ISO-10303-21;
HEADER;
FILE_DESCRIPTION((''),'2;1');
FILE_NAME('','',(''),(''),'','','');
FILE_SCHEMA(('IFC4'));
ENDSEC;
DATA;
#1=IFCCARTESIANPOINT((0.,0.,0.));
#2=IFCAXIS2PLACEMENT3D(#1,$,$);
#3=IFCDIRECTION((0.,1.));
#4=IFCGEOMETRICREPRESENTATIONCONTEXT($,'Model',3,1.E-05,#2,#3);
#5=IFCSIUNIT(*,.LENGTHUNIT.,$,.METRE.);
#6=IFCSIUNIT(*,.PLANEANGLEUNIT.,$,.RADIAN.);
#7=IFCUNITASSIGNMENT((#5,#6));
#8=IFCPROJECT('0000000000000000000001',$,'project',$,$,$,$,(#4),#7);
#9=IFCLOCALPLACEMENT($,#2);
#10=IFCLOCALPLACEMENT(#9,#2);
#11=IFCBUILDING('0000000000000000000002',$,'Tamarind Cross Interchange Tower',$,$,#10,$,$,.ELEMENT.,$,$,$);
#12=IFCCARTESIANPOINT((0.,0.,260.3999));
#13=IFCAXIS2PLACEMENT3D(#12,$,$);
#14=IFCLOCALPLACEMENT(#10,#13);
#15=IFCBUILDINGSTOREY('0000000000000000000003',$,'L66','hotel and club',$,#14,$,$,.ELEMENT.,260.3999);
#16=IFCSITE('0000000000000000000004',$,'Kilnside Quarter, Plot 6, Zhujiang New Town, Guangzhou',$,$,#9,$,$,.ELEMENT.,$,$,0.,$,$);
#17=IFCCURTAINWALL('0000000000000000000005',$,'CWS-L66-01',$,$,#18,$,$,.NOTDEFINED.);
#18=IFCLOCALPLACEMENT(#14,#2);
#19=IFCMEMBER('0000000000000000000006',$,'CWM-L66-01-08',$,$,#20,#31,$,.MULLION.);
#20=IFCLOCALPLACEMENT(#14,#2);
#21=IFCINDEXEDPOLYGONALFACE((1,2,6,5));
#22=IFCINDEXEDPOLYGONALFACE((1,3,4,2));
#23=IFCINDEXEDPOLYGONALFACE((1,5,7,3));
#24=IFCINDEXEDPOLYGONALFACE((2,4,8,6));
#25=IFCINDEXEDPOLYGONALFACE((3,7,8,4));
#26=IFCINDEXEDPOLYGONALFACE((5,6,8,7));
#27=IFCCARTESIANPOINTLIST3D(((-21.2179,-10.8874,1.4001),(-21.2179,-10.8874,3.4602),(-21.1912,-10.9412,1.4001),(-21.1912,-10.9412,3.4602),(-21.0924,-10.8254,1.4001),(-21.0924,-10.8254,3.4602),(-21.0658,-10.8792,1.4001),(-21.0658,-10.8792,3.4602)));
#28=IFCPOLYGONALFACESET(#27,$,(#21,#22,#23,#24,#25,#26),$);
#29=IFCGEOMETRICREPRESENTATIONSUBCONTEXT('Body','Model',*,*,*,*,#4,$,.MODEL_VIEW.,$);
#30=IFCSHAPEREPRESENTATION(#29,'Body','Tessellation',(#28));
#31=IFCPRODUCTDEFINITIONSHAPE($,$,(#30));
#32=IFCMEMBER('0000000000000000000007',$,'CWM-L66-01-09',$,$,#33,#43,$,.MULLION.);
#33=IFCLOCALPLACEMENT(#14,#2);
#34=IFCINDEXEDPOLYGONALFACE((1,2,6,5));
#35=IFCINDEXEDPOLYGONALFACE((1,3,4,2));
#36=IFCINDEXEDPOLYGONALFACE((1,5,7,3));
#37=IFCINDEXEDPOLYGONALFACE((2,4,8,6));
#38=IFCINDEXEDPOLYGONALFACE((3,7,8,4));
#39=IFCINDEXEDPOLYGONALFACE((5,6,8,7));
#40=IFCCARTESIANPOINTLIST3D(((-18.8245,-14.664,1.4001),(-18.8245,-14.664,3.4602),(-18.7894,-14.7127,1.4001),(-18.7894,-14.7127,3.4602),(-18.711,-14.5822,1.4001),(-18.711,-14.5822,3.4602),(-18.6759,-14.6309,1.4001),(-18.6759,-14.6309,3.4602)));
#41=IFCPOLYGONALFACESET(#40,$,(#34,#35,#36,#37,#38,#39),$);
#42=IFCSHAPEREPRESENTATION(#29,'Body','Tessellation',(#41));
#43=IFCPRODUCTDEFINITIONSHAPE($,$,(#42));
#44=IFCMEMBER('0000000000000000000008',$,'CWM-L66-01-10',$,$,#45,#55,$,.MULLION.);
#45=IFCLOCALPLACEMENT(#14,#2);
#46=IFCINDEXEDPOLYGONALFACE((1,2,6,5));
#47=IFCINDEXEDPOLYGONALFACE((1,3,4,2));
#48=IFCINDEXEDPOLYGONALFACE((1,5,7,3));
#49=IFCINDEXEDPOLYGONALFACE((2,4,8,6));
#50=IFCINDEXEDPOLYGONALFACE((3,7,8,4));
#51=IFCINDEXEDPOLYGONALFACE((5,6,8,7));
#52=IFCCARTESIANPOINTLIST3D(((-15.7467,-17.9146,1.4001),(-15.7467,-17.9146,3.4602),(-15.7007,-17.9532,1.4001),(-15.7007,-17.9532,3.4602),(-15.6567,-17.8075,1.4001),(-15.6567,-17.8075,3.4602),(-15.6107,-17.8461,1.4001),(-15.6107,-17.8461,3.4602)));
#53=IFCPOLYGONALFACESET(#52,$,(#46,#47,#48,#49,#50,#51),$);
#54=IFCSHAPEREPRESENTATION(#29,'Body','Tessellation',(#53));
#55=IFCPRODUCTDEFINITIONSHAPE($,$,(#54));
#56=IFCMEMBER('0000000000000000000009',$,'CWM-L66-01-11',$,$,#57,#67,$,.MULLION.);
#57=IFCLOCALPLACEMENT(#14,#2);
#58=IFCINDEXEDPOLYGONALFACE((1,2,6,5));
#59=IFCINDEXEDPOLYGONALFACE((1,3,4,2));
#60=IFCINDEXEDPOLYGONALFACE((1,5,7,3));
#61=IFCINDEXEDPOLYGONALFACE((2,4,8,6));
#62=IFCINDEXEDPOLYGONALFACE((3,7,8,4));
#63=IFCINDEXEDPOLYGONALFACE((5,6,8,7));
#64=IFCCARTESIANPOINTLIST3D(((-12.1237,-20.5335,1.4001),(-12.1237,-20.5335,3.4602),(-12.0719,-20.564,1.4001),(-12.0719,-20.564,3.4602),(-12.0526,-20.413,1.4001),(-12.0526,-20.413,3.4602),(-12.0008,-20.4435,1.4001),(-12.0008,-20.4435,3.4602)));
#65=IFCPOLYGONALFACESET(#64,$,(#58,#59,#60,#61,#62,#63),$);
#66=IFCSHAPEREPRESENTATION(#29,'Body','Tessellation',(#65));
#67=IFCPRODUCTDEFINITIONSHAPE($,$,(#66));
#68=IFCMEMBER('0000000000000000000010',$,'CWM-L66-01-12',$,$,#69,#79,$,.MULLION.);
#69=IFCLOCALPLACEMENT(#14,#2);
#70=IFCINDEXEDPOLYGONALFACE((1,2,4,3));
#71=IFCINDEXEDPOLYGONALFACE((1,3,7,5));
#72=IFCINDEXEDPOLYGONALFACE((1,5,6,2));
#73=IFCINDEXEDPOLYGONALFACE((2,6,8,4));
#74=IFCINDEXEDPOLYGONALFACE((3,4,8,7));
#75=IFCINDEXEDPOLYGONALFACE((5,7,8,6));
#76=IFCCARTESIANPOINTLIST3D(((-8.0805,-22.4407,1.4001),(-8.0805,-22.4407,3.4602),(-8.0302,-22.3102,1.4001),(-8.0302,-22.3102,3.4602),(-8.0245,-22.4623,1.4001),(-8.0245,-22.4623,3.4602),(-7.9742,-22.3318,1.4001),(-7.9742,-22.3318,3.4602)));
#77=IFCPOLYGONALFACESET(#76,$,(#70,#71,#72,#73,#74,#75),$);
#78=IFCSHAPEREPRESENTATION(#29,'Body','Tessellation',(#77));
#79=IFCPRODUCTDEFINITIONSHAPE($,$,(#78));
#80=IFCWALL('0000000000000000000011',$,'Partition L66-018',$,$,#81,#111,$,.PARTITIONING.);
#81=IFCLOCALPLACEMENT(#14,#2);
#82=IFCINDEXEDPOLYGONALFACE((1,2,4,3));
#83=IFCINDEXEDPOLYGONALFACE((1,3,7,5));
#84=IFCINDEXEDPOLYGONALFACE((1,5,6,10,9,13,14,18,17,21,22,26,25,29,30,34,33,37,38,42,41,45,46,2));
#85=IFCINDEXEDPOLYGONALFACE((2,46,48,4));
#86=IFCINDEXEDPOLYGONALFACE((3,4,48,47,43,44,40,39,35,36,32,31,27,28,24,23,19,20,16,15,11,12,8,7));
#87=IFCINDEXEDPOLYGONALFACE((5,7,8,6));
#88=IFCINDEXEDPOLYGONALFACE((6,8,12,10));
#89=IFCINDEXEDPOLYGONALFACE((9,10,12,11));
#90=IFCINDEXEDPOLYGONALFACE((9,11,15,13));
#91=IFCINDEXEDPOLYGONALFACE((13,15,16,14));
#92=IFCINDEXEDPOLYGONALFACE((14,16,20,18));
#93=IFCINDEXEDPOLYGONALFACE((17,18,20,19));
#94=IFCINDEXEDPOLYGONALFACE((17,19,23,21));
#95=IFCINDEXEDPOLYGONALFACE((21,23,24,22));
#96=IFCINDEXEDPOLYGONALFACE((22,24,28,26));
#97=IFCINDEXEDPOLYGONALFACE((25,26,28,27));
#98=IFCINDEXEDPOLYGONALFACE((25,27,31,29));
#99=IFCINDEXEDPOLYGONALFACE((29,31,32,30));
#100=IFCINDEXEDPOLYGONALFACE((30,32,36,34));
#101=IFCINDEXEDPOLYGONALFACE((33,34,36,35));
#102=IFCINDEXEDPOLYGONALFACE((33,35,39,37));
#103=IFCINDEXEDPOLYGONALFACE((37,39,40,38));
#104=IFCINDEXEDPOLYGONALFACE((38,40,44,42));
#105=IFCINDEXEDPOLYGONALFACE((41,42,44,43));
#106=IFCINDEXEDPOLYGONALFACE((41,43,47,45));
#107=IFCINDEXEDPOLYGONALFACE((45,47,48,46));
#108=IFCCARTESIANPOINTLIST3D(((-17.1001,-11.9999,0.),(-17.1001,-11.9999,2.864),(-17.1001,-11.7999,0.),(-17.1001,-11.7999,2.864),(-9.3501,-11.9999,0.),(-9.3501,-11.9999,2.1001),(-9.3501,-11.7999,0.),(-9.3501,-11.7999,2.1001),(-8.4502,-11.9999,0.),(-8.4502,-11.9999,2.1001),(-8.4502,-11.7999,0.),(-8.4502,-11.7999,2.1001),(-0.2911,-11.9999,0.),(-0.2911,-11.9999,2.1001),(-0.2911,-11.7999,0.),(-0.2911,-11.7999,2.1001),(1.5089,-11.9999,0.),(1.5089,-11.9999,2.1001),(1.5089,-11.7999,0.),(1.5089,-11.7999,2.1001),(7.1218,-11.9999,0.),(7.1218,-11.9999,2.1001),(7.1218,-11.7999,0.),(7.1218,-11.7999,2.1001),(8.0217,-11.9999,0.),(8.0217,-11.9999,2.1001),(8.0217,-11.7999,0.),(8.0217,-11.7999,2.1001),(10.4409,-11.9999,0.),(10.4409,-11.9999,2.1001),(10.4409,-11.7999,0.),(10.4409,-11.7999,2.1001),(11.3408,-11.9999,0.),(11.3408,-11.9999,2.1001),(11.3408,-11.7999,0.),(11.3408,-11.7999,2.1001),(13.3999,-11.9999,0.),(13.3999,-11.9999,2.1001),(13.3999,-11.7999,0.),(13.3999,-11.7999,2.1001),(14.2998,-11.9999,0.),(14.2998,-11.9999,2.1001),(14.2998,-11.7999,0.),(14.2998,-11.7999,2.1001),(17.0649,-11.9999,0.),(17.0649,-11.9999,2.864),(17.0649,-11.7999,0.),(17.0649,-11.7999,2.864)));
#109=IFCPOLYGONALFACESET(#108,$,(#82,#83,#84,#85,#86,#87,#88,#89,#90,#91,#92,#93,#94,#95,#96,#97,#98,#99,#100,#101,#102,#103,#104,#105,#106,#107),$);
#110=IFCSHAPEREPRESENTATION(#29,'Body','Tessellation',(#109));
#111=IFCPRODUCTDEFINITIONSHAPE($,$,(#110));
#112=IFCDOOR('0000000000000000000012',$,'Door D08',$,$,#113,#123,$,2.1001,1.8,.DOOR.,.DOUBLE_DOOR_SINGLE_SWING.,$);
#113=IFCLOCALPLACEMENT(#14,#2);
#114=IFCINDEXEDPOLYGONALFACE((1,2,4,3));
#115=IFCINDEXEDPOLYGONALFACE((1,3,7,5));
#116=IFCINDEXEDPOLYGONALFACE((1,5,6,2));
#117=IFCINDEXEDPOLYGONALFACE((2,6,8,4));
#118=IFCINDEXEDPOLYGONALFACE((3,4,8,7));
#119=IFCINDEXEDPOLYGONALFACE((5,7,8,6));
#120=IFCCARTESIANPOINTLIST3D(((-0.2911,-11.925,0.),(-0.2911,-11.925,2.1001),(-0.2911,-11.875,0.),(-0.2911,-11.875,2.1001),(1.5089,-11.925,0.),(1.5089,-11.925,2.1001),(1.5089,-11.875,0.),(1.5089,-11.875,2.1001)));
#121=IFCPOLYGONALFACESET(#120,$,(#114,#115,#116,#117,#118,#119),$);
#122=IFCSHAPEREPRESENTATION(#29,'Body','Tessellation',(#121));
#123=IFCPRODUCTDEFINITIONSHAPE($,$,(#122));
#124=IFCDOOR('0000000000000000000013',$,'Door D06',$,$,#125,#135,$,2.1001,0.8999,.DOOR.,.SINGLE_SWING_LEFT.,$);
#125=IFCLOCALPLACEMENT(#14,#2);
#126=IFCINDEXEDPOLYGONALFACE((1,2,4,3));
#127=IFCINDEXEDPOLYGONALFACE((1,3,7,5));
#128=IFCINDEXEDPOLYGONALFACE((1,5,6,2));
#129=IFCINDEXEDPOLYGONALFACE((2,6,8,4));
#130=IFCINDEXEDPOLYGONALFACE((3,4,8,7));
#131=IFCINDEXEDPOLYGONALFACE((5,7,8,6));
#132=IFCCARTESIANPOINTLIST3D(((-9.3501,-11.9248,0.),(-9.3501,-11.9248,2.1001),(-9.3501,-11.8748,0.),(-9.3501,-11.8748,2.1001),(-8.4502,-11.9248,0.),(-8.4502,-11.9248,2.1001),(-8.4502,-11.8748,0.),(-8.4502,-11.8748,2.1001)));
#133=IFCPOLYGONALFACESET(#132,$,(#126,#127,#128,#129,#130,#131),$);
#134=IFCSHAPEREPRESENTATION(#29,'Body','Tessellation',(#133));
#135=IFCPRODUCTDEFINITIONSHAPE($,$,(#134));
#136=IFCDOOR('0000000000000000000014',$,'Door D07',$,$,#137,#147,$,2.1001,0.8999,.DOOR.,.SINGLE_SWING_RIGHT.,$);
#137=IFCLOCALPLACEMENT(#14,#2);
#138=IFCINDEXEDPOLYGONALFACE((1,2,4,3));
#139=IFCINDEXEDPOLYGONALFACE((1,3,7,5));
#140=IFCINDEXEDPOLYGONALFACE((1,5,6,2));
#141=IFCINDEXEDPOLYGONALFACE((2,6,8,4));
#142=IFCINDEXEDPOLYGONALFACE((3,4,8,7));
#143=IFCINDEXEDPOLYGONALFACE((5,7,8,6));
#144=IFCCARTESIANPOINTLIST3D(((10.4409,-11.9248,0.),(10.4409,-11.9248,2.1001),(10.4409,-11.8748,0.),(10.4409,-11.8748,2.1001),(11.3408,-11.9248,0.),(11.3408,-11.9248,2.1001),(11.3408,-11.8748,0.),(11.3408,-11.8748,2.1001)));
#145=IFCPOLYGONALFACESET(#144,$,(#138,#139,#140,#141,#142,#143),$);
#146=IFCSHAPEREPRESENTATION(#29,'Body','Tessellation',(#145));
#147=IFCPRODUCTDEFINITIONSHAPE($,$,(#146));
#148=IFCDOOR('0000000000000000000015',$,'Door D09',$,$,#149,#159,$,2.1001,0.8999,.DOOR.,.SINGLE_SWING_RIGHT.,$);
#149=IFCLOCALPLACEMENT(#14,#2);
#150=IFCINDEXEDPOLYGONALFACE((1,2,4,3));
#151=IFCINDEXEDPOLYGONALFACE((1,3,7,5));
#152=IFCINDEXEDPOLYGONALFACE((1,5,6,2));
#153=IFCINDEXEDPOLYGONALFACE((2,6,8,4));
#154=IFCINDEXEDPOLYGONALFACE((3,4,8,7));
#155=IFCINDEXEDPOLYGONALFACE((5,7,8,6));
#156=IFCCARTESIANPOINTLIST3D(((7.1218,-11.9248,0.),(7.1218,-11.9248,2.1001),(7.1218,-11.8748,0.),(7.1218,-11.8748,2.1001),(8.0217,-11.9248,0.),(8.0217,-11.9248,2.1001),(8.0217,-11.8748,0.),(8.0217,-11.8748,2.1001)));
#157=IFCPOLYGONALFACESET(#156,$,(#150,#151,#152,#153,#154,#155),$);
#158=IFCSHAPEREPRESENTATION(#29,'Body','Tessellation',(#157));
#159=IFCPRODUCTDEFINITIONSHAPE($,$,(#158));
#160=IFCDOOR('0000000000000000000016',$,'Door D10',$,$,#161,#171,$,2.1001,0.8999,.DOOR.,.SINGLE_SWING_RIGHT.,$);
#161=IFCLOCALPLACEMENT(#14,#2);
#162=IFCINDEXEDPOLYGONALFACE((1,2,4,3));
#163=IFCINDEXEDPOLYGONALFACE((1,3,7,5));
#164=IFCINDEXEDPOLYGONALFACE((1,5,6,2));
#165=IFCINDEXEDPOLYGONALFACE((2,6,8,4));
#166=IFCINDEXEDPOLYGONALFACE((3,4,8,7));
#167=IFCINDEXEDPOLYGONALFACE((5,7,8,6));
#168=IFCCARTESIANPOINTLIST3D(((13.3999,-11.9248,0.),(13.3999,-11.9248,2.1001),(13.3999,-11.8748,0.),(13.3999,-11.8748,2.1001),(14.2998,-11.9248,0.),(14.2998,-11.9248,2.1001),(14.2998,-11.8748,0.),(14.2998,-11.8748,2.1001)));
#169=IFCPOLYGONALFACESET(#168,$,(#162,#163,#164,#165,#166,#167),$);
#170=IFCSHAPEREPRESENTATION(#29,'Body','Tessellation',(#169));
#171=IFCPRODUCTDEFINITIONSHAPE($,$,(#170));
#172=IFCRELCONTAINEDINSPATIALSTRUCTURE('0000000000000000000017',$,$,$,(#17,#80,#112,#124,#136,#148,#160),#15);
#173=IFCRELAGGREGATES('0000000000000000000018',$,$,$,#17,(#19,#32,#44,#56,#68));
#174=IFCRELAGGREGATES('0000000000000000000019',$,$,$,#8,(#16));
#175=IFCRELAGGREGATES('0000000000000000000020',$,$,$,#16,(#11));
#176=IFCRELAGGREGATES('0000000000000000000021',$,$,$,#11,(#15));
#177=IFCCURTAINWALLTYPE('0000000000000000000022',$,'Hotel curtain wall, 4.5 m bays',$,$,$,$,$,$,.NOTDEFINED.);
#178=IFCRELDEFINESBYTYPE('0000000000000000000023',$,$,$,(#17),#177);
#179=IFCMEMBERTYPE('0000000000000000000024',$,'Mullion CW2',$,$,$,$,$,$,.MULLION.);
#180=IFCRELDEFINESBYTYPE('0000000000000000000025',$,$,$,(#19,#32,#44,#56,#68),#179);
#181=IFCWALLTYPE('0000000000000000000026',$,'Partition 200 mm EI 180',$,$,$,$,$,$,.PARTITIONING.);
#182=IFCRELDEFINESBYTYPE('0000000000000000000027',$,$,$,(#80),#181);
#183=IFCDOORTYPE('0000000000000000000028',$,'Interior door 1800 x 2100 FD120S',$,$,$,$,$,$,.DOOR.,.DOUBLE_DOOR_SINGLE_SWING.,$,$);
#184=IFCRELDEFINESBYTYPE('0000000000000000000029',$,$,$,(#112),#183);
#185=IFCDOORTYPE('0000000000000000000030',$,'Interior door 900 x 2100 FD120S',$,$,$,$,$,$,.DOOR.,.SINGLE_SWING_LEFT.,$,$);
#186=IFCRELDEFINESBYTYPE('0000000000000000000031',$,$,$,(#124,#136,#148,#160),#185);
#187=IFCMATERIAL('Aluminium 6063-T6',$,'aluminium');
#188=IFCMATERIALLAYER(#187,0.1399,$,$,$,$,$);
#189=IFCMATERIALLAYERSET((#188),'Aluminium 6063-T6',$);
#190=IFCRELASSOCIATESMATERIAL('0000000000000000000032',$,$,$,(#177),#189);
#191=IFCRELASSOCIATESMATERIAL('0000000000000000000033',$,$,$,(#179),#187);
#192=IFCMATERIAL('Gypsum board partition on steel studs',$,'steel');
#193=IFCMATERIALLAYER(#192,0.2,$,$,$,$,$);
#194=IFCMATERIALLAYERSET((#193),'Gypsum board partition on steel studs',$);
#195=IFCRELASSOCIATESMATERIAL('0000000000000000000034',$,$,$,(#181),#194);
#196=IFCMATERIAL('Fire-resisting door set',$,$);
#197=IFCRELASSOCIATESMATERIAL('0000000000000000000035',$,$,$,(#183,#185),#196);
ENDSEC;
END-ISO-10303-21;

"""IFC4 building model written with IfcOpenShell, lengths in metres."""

from ifc_helpers import new_model, si_unit, direction, frame, frame_2d, origin, origin_2d, place, context, subcontext, project, spatial, rectangle, extrude, material, layer, layer_set, material_profile, profile_set, type_object, element, fill, aggregate, save


model = new_model("IFC4")

# Units and contexts
model_context = context("Model", 3, precision=1e-05, world=origin(), true_north=direction((0.0, 1.0)))
body_context = subcontext(model_context, "Body", "Model", "MODEL_VIEW")
ifc_project = project(units=[si_unit("LENGTHUNIT", "METRE"), si_unit("PLANEANGLEUNIT", "RADIAN")], contexts=[model_context])

# Site, building, storey
site_placement = place(None, origin())
site = spatial("IfcSite", under=ifc_project, at=site_placement, Name="Kilnside Quarter, Plot 6, Zhujiang New Town, Guangzhou", CompositionType="ELEMENT", RefElevation=0.0)
building_placement = place(site_placement, origin())
building = spatial("IfcBuilding", under=site, at=building_placement, Name="Tamarind Cross Interchange Tower", CompositionType="ELEMENT")
storey_placement = place(building_placement, frame((0.0, 0.0, 260.3999)))
storey = spatial("IfcBuildingStorey", under=building, at=storey_placement, Name="L66", Description="hotel and club", CompositionType="ELEMENT", Elevation=260.3999)

# Curtain wall, members
ifc_material_1 = material(Name="Aluminium 6063-T6", Category="aluminium")
ifc_layer_1 = layer(ifc_material_1, 0.1399)
ifc_layer_set_1 = layer_set([ifc_layer_1], Name="Aluminium 6063-T6")
curtain_wall_type = type_object("IfcCurtainWallType", Name="Hotel curtain wall, 4.5 m bays", PredefinedType="NOTDEFINED", material=ifc_layer_set_1)
curtain_wall_placement = place(storey_placement, origin())
curtain_wall = element("IfcCurtainWall", 1, at=curtain_wall_placement, inside=storey, type_object=curtain_wall_type, Name="CWS-L66-01", PredefinedType="NOTDEFINED")
ifc_material_profile_1 = material_profile(ifc_material_1, rectangle(XDim=0.0601, YDim=0.1399, at=origin_2d()), Name="Mullion CW2")
ifc_profile_set_1 = profile_set([ifc_material_profile_1], Name="Aluminium 6063-T6")
member_type = type_object("IfcMemberType", Name="Mullion CW2", PredefinedType="MULLION", material=ifc_profile_set_1)
member_1_placement = place(storey_placement, frame((-21.1418, -10.8833, 1.4001), z_axis=(0.0, 0.0, 1.0), x_axis=(0.443059, -0.896493, 0.0)))
member_1 = element("IfcMember", 2, at=member_1_placement, type_object=member_type, Name="CWM-L66-01-08", PredefinedType="MULLION", context=body_context, shape_type="SweptSolid", body=[
    extrude(rectangle(XDim=0.0601, YDim=0.1399, at=origin_2d()), origin(), (0.0, 0.0, 1.0), 2.0601),
])
member_2_placement = place(storey_placement, frame((-18.7502, -14.6475, 1.4001), z_axis=(0.0, 0.0, 1.0), x_axis=(0.584574, -0.81134, 0.0)))
member_2 = element("IfcMember", 3, at=member_2_placement, type_object=member_type, Name="CWM-L66-01-09", PredefinedType="MULLION", context=body_context, shape_type="SweptSolid", body=[
    extrude(rectangle(XDim=0.0601, YDim=0.1399, at=origin_2d()), origin(), (0.0, 0.0, 1.0), 2.0601),
])
member_3_placement = place(storey_placement, frame((-15.6787, -17.8804, 1.4001), z_axis=(0.0, 0.0, 1.0), x_axis=(0.765858, -0.643009, 0.0)))
member_3 = element("IfcMember", 4, at=member_3_placement, type_object=member_type, Name="CWM-L66-01-10", PredefinedType="MULLION", context=body_context, shape_type="SweptSolid", body=[
    extrude(rectangle(XDim=0.0601, YDim=0.1399, at=origin_2d()), origin(), (0.0, 0.0, 1.0), 2.0601),
])
member_4_placement = place(storey_placement, frame((-12.0623, -20.4885, 1.4001), z_axis=(0.0, 0.0, 1.0), x_axis=(0.861249, -0.508183, 0.0)))
member_4 = element("IfcMember", 5, at=member_4_placement, type_object=member_type, Name="CWM-L66-01-11", PredefinedType="MULLION", context=body_context, shape_type="SweptSolid", body=[
    extrude(rectangle(XDim=0.0601, YDim=0.1399, at=origin_2d()), origin(), (0.0, 0.0, 1.0), 2.0601),
])
member_5_placement = place(storey_placement, frame((-8.0273, -22.3862, 1.4001), z_axis=(0.0, 0.0, 1.0), x_axis=(0.933147, -0.359495, 0.0)))
member_5 = element("IfcMember", 6, at=member_5_placement, type_object=member_type, Name="CWM-L66-01-12", PredefinedType="MULLION", context=body_context, shape_type="SweptSolid", body=[
    extrude(rectangle(XDim=0.0601, YDim=0.1399, at=origin_2d()), origin(), (0.0, 0.0, 1.0), 2.0601),
])
aggregate(curtain_wall, [member_1, member_2, member_3, member_4, member_5])

# Wall, openings, doors
ifc_material_2 = material(Name="Gypsum board partition on steel studs", Category="steel")
ifc_layer_2 = layer(ifc_material_2, 0.2)
ifc_layer_set_2 = layer_set([ifc_layer_2], Name="Gypsum board partition on steel studs")
wall_type = type_object("IfcWallType", Name="Partition 200 mm EI 180", PredefinedType="PARTITIONING", material=ifc_layer_set_2)
wall_1_placement = place(storey_placement, frame((-17.1001, -11.8999, 0.0), z_axis=(0.0, 0.0, 1.0), x_axis=(1.0, 0.0, 0.0)))
wall_1 = element("IfcWall", 7, at=wall_1_placement, inside=storey, type_object=wall_type, Name="Partition L66-018", PredefinedType="PARTITIONING", context=body_context, shape_type="SweptSolid", body=[
    extrude(rectangle(XDim=34.165, YDim=0.2, at=frame_2d((17.0825, 0.0))), origin(), (0.0, 0.0, 1.0), 2.864),
])
opening_1_placement = place(wall_1_placement, frame((7.75, 0.0, 0.0)))
opening_1 = element("IfcOpeningElement", 8, at=opening_1_placement, cuts=wall_1, PredefinedType="OPENING", context=body_context, shape_type="SweptSolid", body=[
    extrude(rectangle(XDim=0.8999, YDim=2.1001, at=frame_2d((0.45, 1.05))), frame((0.0, 0.1099, 0.0), z_axis=(0.0, -1.0, 0.0), x_axis=(1.0, 0.0, 0.0)), (0.0, 0.0, 1.0), 0.22),
])
opening_2_placement = place(wall_1_placement, frame((27.541, 0.0, 0.0)))
opening_2 = element("IfcOpeningElement", 9, at=opening_2_placement, cuts=wall_1, PredefinedType="OPENING", context=body_context, shape_type="SweptSolid", body=[
    extrude(rectangle(XDim=0.8999, YDim=2.1001, at=frame_2d((0.45, 1.05))), frame((0.0, 0.1099, 0.0), z_axis=(0.0, -1.0, 0.0), x_axis=(1.0, 0.0, 0.0)), (0.0, 0.0, 1.0), 0.22),
])
opening_3_placement = place(wall_1_placement, frame((16.8091, 0.0, 0.0)))
opening_3 = element("IfcOpeningElement", 10, at=opening_3_placement, cuts=wall_1, PredefinedType="OPENING", context=body_context, shape_type="SweptSolid", body=[
    extrude(rectangle(XDim=1.8, YDim=2.1001, at=frame_2d((0.8999, 1.05))), frame((0.0, 0.1099, 0.0), z_axis=(0.0, -1.0, 0.0), x_axis=(1.0, 0.0, 0.0)), (0.0, 0.0, 1.0), 0.22),
])
opening_4_placement = place(wall_1_placement, frame((24.2219, 0.0, 0.0)))
opening_4 = element("IfcOpeningElement", 11, at=opening_4_placement, cuts=wall_1, PredefinedType="OPENING", context=body_context, shape_type="SweptSolid", body=[
    extrude(rectangle(XDim=0.8999, YDim=2.1001, at=frame_2d((0.45, 1.05))), frame((0.0, 0.1099, 0.0), z_axis=(0.0, -1.0, 0.0), x_axis=(1.0, 0.0, 0.0)), (0.0, 0.0, 1.0), 0.22),
])
opening_5_placement = place(wall_1_placement, frame((30.5, 0.0, 0.0)))
opening_5 = element("IfcOpeningElement", 12, at=opening_5_placement, cuts=wall_1, PredefinedType="OPENING", context=body_context, shape_type="SweptSolid", body=[
    extrude(rectangle(XDim=0.8999, YDim=2.1001, at=frame_2d((0.45, 1.05))), frame((0.0, 0.1099, 0.0), z_axis=(0.0, -1.0, 0.0), x_axis=(1.0, 0.0, 0.0)), (0.0, 0.0, 1.0), 0.22),
])
ifc_material_3 = material(Name="Fire-resisting door set")
door_type_1 = type_object("IfcDoorType", Name="Interior door 1800 x 2100 FD120S", OperationType="DOUBLE_DOOR_SINGLE_SWING", PredefinedType="DOOR", material=ifc_material_3)
door_1_placement = place(opening_3_placement, origin())
door_1 = element("IfcDoor", 13, at=door_1_placement, inside=storey, type_object=door_type_1, Name="Door D08", OperationType="DOUBLE_DOOR_SINGLE_SWING", OverallHeight=2.1001, OverallWidth=1.8, PredefinedType="DOOR", context=body_context, shape_type="SweptSolid", body=[
    extrude(rectangle(XDim=1.8, YDim=2.1001, at=frame_2d((0.8999, 1.05))), frame((0.0, 0.0249, 0.0), z_axis=(0.0, -1.0, 0.0), x_axis=(1.0, 0.0, 0.0)), (0.0, 0.0, 1.0), 0.05),
])
fill(opening_3, door_1)
door_type_2 = type_object("IfcDoorType", Name="Interior door 900 x 2100 FD120S", OperationType="SINGLE_SWING_LEFT", PredefinedType="DOOR", material=ifc_material_3)
door_2_placement = place(opening_1_placement, frame((0.8999, 0.0, 0.0), z_axis=(0.0, 0.0, 1.0), x_axis=(-1.0, 0.0, 0.0)))
door_2 = element("IfcDoor", 14, at=door_2_placement, inside=storey, type_object=door_type_2, Name="Door D06", OperationType="SINGLE_SWING_LEFT", OverallHeight=2.1001, OverallWidth=0.8999, PredefinedType="DOOR", context=body_context, shape_type="SweptSolid", body=[
    extrude(rectangle(XDim=0.8999, YDim=2.1001, at=frame_2d((0.45, 1.05))), frame((0.0, 0.0249, 0.0), z_axis=(0.0, -1.0, 0.0), x_axis=(1.0, 0.0, 0.0)), (0.0, 0.0, 1.0), 0.05),
])
fill(opening_1, door_2)
door_3_placement = place(opening_2_placement, frame((0.8999, 0.0, 0.0), z_axis=(0.0, 0.0, 1.0), x_axis=(-1.0, 0.0, 0.0)))
door_3 = element("IfcDoor", 15, at=door_3_placement, inside=storey, type_object=door_type_2, Name="Door D07", OperationType="SINGLE_SWING_RIGHT", OverallHeight=2.1001, OverallWidth=0.8999, PredefinedType="DOOR", context=body_context, shape_type="SweptSolid", body=[
    extrude(rectangle(XDim=0.8999, YDim=2.1001, at=frame_2d((0.45, 1.05))), frame((0.0, 0.0249, 0.0), z_axis=(0.0, -1.0, 0.0), x_axis=(1.0, 0.0, 0.0)), (0.0, 0.0, 1.0), 0.05),
])
fill(opening_2, door_3)
door_4_placement = place(opening_4_placement, frame((0.8999, 0.0, 0.0), z_axis=(0.0, 0.0, 1.0), x_axis=(-1.0, 0.0, 0.0)))
door_4 = element("IfcDoor", 16, at=door_4_placement, inside=storey, type_object=door_type_2, Name="Door D09", OperationType="SINGLE_SWING_RIGHT", OverallHeight=2.1001, OverallWidth=0.8999, PredefinedType="DOOR", context=body_context, shape_type="SweptSolid", body=[
    extrude(rectangle(XDim=0.8999, YDim=2.1001, at=frame_2d((0.45, 1.05))), frame((0.0, 0.0249, 0.0), z_axis=(0.0, -1.0, 0.0), x_axis=(1.0, 0.0, 0.0)), (0.0, 0.0, 1.0), 0.05),
])
fill(opening_4, door_4)
door_5_placement = place(opening_5_placement, frame((0.8999, 0.0, 0.0), z_axis=(0.0, 0.0, 1.0), x_axis=(-1.0, 0.0, 0.0)))
door_5 = element("IfcDoor", 17, at=door_5_placement, inside=storey, type_object=door_type_2, Name="Door D10", OperationType="SINGLE_SWING_RIGHT", OverallHeight=2.1001, OverallWidth=0.8999, PredefinedType="DOOR", context=body_context, shape_type="SweptSolid", body=[
    extrude(rectangle(XDim=0.8999, YDim=2.1001, at=frame_2d((0.45, 1.05))), frame((0.0, 0.0249, 0.0), z_axis=(0.0, -1.0, 0.0), x_axis=(1.0, 0.0, 0.0)), (0.0, 0.0, 1.0), 0.05),
])
fill(opening_5, door_5)

save(model, "model.ifc")
